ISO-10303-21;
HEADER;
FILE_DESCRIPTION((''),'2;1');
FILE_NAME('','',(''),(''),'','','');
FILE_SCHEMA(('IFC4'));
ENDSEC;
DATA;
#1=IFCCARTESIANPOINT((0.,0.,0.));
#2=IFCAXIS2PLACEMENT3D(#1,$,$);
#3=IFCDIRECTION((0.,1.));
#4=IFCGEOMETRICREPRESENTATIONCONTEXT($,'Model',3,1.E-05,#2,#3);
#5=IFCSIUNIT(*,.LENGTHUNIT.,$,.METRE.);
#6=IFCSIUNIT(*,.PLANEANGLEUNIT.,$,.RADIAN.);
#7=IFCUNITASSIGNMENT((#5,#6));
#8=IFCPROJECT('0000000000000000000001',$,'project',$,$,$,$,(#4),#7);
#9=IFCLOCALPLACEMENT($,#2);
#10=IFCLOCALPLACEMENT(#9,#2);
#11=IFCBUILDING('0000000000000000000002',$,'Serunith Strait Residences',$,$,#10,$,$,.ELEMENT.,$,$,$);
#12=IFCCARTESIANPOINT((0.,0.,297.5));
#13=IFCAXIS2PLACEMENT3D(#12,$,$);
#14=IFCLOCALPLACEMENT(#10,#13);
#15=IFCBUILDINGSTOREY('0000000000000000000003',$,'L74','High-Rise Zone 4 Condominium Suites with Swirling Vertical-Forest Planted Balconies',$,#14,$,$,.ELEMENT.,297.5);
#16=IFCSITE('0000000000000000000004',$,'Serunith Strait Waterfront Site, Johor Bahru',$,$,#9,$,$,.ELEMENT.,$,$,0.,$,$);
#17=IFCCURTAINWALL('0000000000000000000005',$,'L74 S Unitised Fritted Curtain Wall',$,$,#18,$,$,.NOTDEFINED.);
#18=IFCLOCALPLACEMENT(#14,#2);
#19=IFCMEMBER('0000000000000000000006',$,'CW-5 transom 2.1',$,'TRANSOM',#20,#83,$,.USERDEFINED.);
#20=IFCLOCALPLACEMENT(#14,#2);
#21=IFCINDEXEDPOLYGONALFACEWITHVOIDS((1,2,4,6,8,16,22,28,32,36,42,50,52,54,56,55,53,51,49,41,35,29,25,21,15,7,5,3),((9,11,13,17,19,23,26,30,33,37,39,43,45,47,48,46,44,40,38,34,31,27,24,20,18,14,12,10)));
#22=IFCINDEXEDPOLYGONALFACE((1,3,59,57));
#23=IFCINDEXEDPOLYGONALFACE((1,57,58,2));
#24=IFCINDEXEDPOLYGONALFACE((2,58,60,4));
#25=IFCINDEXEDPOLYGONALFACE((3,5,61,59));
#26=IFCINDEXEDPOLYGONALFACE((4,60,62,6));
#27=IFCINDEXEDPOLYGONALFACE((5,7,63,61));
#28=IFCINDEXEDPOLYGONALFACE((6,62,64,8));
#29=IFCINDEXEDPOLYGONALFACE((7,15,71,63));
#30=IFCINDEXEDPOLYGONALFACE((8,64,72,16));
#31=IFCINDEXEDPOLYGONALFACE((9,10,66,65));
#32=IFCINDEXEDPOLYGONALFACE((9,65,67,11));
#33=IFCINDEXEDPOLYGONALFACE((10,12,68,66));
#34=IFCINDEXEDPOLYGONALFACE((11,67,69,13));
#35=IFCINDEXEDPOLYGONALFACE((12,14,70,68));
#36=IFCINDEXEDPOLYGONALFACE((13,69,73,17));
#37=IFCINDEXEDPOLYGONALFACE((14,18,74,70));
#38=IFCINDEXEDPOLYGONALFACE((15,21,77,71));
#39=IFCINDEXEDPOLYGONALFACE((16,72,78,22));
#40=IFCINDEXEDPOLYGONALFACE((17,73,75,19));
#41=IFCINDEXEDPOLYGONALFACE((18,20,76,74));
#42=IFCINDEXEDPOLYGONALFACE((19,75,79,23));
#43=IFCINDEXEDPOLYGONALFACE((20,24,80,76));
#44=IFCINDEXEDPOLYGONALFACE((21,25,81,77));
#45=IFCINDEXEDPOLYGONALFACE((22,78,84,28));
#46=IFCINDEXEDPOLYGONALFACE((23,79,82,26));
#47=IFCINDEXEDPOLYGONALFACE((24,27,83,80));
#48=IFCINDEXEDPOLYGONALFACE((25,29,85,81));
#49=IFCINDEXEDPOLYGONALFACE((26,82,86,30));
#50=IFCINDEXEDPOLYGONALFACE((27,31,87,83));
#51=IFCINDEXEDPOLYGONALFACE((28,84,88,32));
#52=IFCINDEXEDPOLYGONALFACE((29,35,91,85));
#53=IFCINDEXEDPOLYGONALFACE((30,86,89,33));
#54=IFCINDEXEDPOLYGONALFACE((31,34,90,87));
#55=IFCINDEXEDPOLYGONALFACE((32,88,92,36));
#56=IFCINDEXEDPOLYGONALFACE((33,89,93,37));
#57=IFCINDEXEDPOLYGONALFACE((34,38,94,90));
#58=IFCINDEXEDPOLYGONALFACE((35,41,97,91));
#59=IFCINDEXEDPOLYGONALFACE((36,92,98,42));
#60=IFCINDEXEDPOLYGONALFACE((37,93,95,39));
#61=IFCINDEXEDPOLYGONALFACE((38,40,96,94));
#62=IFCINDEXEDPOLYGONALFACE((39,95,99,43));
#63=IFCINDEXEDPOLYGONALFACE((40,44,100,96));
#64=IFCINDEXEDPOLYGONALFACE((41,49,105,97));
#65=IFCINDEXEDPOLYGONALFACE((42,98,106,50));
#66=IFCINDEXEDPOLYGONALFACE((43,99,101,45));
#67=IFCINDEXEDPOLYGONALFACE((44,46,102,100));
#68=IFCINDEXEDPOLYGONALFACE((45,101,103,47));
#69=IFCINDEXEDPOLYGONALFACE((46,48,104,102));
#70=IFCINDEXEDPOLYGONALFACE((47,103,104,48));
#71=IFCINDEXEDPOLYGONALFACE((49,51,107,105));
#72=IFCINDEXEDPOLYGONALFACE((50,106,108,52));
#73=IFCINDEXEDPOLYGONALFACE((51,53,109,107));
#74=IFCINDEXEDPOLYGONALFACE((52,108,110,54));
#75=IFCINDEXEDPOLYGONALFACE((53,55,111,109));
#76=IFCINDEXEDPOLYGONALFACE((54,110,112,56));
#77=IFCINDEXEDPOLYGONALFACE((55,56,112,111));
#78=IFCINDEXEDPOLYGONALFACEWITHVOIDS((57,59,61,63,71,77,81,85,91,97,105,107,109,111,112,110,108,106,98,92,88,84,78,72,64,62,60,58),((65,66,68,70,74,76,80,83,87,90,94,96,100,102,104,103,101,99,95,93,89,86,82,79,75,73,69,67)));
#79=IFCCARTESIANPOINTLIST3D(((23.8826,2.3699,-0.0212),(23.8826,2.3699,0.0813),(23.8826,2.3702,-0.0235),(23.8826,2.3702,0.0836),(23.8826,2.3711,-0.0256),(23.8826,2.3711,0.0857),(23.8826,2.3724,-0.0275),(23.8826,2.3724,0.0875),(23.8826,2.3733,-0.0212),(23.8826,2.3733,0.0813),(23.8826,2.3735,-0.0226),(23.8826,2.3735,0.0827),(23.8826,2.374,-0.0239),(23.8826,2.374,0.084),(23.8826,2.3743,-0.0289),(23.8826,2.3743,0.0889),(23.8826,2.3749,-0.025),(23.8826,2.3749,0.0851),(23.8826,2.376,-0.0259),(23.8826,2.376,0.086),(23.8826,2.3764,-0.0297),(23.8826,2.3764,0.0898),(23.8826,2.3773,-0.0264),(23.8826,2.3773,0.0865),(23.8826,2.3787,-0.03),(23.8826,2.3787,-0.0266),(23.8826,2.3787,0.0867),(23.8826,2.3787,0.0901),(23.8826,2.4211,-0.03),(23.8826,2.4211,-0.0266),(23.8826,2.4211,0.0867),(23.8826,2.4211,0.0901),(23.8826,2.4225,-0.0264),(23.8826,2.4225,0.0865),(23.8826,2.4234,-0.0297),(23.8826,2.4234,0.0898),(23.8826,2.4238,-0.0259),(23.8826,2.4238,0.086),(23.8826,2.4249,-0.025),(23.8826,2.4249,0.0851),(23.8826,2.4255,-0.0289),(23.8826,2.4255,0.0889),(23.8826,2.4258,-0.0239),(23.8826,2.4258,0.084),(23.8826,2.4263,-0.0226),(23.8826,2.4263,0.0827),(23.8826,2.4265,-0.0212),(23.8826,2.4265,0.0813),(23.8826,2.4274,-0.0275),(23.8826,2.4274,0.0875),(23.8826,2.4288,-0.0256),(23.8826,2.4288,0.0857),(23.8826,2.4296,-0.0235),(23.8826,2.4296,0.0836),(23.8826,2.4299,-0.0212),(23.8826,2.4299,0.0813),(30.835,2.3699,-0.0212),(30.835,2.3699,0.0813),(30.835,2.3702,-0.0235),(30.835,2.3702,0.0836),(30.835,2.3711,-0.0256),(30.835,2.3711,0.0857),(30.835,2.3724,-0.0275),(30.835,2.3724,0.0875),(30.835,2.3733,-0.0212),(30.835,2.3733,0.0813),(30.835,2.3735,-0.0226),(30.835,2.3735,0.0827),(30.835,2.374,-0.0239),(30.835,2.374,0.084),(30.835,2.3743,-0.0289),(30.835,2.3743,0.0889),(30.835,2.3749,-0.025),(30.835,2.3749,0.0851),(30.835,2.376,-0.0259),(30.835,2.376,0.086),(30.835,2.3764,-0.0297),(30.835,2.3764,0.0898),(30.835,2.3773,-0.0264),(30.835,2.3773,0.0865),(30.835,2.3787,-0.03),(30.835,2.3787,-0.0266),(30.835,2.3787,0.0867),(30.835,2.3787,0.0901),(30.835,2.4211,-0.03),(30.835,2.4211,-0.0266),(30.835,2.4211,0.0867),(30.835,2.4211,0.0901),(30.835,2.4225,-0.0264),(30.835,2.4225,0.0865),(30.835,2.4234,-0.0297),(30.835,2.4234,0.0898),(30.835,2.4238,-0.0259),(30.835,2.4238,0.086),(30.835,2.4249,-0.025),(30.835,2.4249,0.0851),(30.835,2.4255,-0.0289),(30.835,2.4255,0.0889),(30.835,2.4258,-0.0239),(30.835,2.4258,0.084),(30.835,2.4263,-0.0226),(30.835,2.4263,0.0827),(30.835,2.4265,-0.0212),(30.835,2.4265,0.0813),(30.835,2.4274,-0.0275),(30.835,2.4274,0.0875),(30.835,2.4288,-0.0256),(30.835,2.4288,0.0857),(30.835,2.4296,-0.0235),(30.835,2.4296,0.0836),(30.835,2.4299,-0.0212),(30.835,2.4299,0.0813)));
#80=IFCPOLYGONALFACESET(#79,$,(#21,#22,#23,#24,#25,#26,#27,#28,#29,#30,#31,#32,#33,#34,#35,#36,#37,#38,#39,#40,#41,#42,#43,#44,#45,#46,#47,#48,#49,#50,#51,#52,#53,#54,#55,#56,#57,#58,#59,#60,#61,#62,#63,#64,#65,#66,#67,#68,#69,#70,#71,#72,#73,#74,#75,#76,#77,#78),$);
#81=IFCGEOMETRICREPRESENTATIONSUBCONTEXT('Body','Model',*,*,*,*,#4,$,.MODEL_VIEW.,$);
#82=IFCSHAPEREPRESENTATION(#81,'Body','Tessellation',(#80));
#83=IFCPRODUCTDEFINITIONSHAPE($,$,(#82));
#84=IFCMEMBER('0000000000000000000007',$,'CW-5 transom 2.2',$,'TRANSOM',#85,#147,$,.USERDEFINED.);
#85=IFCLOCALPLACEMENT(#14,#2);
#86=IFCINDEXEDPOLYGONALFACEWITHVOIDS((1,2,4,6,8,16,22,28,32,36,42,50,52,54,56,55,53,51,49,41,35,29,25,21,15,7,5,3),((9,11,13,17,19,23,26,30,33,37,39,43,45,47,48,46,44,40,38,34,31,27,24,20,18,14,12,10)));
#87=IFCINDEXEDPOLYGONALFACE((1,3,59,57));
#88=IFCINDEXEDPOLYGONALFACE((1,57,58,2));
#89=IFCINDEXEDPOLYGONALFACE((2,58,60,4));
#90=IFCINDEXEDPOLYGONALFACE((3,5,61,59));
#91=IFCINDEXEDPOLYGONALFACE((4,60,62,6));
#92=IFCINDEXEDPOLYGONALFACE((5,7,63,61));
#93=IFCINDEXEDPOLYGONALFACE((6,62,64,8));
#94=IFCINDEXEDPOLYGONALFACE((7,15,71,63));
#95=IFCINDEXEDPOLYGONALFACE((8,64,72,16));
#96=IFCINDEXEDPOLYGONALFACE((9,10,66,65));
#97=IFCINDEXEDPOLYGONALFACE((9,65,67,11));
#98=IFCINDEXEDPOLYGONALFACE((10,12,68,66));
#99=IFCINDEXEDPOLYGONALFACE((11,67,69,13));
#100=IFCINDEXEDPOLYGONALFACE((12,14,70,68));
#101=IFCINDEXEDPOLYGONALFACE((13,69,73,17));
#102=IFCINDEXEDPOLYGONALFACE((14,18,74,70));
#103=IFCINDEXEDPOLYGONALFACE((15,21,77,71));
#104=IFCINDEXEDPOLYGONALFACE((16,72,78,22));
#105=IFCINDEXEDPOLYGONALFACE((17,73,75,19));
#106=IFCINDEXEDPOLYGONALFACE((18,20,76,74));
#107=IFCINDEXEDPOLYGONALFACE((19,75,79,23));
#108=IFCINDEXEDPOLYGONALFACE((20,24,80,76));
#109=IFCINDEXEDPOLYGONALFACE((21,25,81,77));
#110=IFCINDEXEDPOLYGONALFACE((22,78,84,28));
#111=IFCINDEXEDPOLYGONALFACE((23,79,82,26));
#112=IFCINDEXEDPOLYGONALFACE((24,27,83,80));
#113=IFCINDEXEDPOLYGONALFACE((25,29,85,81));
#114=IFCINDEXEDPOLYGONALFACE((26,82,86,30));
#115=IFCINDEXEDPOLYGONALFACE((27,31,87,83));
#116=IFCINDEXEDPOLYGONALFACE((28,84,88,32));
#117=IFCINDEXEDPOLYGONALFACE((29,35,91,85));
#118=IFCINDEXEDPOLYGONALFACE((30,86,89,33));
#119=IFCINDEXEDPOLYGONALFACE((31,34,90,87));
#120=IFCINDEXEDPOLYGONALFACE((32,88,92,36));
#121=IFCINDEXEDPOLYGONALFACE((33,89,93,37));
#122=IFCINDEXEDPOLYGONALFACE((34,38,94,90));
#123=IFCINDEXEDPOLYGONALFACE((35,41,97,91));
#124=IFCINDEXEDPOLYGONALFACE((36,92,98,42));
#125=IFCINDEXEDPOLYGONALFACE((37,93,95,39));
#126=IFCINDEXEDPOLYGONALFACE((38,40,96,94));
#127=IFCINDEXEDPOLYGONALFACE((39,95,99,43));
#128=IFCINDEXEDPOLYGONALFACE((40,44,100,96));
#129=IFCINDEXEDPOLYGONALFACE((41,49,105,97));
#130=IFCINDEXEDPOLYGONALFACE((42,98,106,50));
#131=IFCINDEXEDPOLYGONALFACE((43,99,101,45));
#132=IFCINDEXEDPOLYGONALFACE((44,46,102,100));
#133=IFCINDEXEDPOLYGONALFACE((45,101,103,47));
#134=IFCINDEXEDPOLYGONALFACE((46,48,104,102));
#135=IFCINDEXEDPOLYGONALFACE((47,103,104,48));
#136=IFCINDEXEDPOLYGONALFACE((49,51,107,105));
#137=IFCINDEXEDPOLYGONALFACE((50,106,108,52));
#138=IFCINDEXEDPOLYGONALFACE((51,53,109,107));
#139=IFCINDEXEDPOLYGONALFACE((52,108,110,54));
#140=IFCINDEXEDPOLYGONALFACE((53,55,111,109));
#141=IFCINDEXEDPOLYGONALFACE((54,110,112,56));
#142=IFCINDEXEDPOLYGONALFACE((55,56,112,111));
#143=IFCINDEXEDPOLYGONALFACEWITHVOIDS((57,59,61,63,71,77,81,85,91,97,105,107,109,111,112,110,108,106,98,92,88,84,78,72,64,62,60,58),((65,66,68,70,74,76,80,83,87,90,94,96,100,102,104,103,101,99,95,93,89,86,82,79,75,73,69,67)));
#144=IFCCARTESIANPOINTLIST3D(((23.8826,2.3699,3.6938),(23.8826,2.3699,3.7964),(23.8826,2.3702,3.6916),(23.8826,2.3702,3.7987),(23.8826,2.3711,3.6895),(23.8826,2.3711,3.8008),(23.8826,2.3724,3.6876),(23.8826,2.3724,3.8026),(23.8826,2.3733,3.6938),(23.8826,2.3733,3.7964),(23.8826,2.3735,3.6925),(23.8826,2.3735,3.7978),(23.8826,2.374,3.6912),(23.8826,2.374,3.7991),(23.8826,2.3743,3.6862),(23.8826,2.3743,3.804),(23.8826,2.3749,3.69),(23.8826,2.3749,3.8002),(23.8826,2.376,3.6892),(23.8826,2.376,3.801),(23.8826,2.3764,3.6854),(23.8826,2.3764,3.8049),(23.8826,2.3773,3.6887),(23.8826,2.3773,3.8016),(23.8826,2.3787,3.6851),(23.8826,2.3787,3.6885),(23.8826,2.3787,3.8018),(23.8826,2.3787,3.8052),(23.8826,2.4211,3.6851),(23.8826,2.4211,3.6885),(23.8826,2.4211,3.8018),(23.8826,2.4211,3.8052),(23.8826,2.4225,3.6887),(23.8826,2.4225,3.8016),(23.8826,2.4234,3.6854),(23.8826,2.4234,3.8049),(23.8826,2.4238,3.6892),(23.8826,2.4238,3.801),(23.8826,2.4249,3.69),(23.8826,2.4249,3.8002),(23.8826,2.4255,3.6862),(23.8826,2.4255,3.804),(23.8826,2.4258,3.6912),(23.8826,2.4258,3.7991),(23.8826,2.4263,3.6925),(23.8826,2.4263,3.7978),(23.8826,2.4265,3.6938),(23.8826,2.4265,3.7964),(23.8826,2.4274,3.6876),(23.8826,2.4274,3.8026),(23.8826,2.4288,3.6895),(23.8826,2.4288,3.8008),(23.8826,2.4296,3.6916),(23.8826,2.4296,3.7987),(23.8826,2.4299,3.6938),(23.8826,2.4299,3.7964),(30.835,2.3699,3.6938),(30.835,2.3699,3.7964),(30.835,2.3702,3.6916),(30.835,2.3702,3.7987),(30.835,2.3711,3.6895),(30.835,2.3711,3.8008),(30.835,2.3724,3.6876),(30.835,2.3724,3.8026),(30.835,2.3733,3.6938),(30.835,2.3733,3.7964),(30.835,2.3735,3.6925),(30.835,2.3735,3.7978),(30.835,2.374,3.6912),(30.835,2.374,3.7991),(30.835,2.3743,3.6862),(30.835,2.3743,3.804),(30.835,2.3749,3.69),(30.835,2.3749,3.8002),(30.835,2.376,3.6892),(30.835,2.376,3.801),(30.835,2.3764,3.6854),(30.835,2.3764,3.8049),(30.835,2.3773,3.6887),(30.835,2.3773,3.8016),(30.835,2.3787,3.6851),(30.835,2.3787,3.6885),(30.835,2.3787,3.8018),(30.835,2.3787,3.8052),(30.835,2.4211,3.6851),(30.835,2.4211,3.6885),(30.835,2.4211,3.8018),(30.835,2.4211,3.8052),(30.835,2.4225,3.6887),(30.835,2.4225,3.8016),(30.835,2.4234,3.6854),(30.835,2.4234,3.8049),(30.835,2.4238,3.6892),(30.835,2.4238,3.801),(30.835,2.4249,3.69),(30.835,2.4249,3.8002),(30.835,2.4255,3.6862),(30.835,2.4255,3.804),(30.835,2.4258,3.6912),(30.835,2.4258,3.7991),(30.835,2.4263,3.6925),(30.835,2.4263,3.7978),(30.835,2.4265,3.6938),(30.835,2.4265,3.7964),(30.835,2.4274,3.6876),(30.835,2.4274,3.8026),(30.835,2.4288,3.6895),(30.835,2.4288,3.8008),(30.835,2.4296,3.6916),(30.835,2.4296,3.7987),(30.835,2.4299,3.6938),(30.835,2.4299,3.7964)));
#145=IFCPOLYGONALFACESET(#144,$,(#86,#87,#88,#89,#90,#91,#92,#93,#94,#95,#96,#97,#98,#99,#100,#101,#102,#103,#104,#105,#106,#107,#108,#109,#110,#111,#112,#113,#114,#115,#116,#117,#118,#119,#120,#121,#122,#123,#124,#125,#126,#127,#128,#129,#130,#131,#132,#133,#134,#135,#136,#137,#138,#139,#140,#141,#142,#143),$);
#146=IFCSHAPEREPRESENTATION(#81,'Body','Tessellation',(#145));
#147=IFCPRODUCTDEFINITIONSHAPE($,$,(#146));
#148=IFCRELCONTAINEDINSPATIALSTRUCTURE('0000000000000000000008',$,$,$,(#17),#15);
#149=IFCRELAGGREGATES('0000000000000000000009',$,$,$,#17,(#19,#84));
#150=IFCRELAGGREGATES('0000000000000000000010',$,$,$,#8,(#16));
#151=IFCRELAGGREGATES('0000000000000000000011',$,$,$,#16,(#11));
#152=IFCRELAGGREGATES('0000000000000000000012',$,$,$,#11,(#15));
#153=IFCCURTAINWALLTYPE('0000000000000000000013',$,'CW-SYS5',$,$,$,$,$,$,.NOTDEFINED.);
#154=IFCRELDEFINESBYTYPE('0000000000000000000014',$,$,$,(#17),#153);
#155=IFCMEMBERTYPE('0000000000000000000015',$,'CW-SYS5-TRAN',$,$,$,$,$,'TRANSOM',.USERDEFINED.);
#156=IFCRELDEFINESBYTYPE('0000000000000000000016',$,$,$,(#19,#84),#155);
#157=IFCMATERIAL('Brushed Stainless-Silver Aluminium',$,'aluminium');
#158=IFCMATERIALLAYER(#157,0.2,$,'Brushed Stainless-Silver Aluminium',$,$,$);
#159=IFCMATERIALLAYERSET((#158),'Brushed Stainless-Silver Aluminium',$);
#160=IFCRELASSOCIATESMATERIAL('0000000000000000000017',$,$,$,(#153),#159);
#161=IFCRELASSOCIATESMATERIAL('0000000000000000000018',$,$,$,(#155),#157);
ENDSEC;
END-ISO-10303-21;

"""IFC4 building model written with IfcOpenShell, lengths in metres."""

from ifc_helpers import new_model, si_unit, direction, frame, origin, origin_2d, place, context, subcontext, project, spatial, hollow_rectangle, extrude, source, transform, mapped, material, layer, layer_set, material_profile, profile_set, type_object, element, aggregate, save


model = new_model("IFC4")

# Units and contexts
model_context = context("Model", 3, precision=1e-05, world=origin(), true_north=direction((0.0, 1.0)))
body_context = subcontext(model_context, "Body", "Model", "MODEL_VIEW")
ifc_project = project(units=[si_unit("LENGTHUNIT", "METRE"), si_unit("PLANEANGLEUNIT", "RADIAN")], contexts=[model_context])

# Site, building, storey
site_placement = place(None, origin())
site = spatial("IfcSite", under=ifc_project, at=site_placement, Name="Serunith Strait Waterfront Site, Johor Bahru", CompositionType="ELEMENT", RefElevation=0.0)
building_placement = place(site_placement, origin())
building = spatial("IfcBuilding", under=site, at=building_placement, Name="Serunith Strait Residences", CompositionType="ELEMENT")
storey_placement = place(building_placement, frame((0.0, 0.0, 297.5)))
storey = spatial("IfcBuildingStorey", under=building, at=storey_placement, Name="L74", Description="High-Rise Zone 4 Condominium Suites with Swirling Vertical-Forest Planted Balconies", CompositionType="ELEMENT", Elevation=297.5)

# Curtain wall, members
ifc_material_1 = material(Name="Brushed Stainless-Silver Aluminium", Category="aluminium")
ifc_layer_1 = layer(ifc_material_1, 0.2, Name="Brushed Stainless-Silver Aluminium")
ifc_layer_set_1 = layer_set([ifc_layer_1], Name="Brushed Stainless-Silver Aluminium")
curtain_wall_type = type_object("IfcCurtainWallType", Name="CW-SYS5", PredefinedType="NOTDEFINED", material=ifc_layer_set_1)
curtain_wall_placement = place(storey_placement, origin())
curtain_wall = element("IfcCurtainWall", 1, at=curtain_wall_placement, inside=storey, type_object=curtain_wall_type, Name="L74 S Unitised Fritted Curtain Wall", PredefinedType="NOTDEFINED")
ifc_material_profile_1 = material_profile(ifc_material_1, hollow_rectangle(XDim=0.0601, YDim=0.1201, WallThickness=0.0034, InnerFilletRadius=0.0054, OuterFilletRadius=0.0088, at=origin_2d()), Name="ALU 120x60x3.5")
ifc_profile_set_1 = profile_set([ifc_material_profile_1], Name="Brushed Stainless-Silver Aluminium")
member_type_1 = type_object("IfcMemberType", Name="CW-SYS5-TRAN", ElementType="TRANSOM", PredefinedType="USERDEFINED", material=ifc_profile_set_1)
shared_shape_1 = source(origin(), body_context, "Body", "SweptSolid", [
    extrude(hollow_rectangle(XDim=0.0601, YDim=0.1201, WallThickness=0.0034, InnerFilletRadius=0.0054, OuterFilletRadius=0.0088, at=origin_2d()), origin(), (0.0, 0.0, 1.0), 6.9524),
])
member_1_placement = place(storey_placement, frame((23.8826, 2.3999, 0.03), z_axis=(1.0, 0.0, 0.0), x_axis=(0.0, 1.0, 0.0)))
member_1 = element("IfcMember", 2, at=member_1_placement, type_object=member_type_1, Name="CW-5 transom 2.1", ObjectType="TRANSOM", PredefinedType="USERDEFINED", context=body_context, shape_type="MappedRepresentation", body=[
    mapped(shared_shape_1, transform((0.0, 0.0, 0.0), scale=1.0)),
])
member_2_placement = place(storey_placement, frame((23.8826, 2.3999, 3.7451), z_axis=(1.0, 0.0, 0.0), x_axis=(0.0, 1.0, 0.0)))
member_2 = element("IfcMember", 3, at=member_2_placement, type_object=member_type_1, Name="CW-5 transom 2.2", ObjectType="TRANSOM", PredefinedType="USERDEFINED", context=body_context, shape_type="MappedRepresentation", body=[
    mapped(shared_shape_1, transform((0.0, 0.0, 0.0), scale=1.0)),
])
aggregate(curtain_wall, [member_1, member_2])

save(model, "model.ifc")
